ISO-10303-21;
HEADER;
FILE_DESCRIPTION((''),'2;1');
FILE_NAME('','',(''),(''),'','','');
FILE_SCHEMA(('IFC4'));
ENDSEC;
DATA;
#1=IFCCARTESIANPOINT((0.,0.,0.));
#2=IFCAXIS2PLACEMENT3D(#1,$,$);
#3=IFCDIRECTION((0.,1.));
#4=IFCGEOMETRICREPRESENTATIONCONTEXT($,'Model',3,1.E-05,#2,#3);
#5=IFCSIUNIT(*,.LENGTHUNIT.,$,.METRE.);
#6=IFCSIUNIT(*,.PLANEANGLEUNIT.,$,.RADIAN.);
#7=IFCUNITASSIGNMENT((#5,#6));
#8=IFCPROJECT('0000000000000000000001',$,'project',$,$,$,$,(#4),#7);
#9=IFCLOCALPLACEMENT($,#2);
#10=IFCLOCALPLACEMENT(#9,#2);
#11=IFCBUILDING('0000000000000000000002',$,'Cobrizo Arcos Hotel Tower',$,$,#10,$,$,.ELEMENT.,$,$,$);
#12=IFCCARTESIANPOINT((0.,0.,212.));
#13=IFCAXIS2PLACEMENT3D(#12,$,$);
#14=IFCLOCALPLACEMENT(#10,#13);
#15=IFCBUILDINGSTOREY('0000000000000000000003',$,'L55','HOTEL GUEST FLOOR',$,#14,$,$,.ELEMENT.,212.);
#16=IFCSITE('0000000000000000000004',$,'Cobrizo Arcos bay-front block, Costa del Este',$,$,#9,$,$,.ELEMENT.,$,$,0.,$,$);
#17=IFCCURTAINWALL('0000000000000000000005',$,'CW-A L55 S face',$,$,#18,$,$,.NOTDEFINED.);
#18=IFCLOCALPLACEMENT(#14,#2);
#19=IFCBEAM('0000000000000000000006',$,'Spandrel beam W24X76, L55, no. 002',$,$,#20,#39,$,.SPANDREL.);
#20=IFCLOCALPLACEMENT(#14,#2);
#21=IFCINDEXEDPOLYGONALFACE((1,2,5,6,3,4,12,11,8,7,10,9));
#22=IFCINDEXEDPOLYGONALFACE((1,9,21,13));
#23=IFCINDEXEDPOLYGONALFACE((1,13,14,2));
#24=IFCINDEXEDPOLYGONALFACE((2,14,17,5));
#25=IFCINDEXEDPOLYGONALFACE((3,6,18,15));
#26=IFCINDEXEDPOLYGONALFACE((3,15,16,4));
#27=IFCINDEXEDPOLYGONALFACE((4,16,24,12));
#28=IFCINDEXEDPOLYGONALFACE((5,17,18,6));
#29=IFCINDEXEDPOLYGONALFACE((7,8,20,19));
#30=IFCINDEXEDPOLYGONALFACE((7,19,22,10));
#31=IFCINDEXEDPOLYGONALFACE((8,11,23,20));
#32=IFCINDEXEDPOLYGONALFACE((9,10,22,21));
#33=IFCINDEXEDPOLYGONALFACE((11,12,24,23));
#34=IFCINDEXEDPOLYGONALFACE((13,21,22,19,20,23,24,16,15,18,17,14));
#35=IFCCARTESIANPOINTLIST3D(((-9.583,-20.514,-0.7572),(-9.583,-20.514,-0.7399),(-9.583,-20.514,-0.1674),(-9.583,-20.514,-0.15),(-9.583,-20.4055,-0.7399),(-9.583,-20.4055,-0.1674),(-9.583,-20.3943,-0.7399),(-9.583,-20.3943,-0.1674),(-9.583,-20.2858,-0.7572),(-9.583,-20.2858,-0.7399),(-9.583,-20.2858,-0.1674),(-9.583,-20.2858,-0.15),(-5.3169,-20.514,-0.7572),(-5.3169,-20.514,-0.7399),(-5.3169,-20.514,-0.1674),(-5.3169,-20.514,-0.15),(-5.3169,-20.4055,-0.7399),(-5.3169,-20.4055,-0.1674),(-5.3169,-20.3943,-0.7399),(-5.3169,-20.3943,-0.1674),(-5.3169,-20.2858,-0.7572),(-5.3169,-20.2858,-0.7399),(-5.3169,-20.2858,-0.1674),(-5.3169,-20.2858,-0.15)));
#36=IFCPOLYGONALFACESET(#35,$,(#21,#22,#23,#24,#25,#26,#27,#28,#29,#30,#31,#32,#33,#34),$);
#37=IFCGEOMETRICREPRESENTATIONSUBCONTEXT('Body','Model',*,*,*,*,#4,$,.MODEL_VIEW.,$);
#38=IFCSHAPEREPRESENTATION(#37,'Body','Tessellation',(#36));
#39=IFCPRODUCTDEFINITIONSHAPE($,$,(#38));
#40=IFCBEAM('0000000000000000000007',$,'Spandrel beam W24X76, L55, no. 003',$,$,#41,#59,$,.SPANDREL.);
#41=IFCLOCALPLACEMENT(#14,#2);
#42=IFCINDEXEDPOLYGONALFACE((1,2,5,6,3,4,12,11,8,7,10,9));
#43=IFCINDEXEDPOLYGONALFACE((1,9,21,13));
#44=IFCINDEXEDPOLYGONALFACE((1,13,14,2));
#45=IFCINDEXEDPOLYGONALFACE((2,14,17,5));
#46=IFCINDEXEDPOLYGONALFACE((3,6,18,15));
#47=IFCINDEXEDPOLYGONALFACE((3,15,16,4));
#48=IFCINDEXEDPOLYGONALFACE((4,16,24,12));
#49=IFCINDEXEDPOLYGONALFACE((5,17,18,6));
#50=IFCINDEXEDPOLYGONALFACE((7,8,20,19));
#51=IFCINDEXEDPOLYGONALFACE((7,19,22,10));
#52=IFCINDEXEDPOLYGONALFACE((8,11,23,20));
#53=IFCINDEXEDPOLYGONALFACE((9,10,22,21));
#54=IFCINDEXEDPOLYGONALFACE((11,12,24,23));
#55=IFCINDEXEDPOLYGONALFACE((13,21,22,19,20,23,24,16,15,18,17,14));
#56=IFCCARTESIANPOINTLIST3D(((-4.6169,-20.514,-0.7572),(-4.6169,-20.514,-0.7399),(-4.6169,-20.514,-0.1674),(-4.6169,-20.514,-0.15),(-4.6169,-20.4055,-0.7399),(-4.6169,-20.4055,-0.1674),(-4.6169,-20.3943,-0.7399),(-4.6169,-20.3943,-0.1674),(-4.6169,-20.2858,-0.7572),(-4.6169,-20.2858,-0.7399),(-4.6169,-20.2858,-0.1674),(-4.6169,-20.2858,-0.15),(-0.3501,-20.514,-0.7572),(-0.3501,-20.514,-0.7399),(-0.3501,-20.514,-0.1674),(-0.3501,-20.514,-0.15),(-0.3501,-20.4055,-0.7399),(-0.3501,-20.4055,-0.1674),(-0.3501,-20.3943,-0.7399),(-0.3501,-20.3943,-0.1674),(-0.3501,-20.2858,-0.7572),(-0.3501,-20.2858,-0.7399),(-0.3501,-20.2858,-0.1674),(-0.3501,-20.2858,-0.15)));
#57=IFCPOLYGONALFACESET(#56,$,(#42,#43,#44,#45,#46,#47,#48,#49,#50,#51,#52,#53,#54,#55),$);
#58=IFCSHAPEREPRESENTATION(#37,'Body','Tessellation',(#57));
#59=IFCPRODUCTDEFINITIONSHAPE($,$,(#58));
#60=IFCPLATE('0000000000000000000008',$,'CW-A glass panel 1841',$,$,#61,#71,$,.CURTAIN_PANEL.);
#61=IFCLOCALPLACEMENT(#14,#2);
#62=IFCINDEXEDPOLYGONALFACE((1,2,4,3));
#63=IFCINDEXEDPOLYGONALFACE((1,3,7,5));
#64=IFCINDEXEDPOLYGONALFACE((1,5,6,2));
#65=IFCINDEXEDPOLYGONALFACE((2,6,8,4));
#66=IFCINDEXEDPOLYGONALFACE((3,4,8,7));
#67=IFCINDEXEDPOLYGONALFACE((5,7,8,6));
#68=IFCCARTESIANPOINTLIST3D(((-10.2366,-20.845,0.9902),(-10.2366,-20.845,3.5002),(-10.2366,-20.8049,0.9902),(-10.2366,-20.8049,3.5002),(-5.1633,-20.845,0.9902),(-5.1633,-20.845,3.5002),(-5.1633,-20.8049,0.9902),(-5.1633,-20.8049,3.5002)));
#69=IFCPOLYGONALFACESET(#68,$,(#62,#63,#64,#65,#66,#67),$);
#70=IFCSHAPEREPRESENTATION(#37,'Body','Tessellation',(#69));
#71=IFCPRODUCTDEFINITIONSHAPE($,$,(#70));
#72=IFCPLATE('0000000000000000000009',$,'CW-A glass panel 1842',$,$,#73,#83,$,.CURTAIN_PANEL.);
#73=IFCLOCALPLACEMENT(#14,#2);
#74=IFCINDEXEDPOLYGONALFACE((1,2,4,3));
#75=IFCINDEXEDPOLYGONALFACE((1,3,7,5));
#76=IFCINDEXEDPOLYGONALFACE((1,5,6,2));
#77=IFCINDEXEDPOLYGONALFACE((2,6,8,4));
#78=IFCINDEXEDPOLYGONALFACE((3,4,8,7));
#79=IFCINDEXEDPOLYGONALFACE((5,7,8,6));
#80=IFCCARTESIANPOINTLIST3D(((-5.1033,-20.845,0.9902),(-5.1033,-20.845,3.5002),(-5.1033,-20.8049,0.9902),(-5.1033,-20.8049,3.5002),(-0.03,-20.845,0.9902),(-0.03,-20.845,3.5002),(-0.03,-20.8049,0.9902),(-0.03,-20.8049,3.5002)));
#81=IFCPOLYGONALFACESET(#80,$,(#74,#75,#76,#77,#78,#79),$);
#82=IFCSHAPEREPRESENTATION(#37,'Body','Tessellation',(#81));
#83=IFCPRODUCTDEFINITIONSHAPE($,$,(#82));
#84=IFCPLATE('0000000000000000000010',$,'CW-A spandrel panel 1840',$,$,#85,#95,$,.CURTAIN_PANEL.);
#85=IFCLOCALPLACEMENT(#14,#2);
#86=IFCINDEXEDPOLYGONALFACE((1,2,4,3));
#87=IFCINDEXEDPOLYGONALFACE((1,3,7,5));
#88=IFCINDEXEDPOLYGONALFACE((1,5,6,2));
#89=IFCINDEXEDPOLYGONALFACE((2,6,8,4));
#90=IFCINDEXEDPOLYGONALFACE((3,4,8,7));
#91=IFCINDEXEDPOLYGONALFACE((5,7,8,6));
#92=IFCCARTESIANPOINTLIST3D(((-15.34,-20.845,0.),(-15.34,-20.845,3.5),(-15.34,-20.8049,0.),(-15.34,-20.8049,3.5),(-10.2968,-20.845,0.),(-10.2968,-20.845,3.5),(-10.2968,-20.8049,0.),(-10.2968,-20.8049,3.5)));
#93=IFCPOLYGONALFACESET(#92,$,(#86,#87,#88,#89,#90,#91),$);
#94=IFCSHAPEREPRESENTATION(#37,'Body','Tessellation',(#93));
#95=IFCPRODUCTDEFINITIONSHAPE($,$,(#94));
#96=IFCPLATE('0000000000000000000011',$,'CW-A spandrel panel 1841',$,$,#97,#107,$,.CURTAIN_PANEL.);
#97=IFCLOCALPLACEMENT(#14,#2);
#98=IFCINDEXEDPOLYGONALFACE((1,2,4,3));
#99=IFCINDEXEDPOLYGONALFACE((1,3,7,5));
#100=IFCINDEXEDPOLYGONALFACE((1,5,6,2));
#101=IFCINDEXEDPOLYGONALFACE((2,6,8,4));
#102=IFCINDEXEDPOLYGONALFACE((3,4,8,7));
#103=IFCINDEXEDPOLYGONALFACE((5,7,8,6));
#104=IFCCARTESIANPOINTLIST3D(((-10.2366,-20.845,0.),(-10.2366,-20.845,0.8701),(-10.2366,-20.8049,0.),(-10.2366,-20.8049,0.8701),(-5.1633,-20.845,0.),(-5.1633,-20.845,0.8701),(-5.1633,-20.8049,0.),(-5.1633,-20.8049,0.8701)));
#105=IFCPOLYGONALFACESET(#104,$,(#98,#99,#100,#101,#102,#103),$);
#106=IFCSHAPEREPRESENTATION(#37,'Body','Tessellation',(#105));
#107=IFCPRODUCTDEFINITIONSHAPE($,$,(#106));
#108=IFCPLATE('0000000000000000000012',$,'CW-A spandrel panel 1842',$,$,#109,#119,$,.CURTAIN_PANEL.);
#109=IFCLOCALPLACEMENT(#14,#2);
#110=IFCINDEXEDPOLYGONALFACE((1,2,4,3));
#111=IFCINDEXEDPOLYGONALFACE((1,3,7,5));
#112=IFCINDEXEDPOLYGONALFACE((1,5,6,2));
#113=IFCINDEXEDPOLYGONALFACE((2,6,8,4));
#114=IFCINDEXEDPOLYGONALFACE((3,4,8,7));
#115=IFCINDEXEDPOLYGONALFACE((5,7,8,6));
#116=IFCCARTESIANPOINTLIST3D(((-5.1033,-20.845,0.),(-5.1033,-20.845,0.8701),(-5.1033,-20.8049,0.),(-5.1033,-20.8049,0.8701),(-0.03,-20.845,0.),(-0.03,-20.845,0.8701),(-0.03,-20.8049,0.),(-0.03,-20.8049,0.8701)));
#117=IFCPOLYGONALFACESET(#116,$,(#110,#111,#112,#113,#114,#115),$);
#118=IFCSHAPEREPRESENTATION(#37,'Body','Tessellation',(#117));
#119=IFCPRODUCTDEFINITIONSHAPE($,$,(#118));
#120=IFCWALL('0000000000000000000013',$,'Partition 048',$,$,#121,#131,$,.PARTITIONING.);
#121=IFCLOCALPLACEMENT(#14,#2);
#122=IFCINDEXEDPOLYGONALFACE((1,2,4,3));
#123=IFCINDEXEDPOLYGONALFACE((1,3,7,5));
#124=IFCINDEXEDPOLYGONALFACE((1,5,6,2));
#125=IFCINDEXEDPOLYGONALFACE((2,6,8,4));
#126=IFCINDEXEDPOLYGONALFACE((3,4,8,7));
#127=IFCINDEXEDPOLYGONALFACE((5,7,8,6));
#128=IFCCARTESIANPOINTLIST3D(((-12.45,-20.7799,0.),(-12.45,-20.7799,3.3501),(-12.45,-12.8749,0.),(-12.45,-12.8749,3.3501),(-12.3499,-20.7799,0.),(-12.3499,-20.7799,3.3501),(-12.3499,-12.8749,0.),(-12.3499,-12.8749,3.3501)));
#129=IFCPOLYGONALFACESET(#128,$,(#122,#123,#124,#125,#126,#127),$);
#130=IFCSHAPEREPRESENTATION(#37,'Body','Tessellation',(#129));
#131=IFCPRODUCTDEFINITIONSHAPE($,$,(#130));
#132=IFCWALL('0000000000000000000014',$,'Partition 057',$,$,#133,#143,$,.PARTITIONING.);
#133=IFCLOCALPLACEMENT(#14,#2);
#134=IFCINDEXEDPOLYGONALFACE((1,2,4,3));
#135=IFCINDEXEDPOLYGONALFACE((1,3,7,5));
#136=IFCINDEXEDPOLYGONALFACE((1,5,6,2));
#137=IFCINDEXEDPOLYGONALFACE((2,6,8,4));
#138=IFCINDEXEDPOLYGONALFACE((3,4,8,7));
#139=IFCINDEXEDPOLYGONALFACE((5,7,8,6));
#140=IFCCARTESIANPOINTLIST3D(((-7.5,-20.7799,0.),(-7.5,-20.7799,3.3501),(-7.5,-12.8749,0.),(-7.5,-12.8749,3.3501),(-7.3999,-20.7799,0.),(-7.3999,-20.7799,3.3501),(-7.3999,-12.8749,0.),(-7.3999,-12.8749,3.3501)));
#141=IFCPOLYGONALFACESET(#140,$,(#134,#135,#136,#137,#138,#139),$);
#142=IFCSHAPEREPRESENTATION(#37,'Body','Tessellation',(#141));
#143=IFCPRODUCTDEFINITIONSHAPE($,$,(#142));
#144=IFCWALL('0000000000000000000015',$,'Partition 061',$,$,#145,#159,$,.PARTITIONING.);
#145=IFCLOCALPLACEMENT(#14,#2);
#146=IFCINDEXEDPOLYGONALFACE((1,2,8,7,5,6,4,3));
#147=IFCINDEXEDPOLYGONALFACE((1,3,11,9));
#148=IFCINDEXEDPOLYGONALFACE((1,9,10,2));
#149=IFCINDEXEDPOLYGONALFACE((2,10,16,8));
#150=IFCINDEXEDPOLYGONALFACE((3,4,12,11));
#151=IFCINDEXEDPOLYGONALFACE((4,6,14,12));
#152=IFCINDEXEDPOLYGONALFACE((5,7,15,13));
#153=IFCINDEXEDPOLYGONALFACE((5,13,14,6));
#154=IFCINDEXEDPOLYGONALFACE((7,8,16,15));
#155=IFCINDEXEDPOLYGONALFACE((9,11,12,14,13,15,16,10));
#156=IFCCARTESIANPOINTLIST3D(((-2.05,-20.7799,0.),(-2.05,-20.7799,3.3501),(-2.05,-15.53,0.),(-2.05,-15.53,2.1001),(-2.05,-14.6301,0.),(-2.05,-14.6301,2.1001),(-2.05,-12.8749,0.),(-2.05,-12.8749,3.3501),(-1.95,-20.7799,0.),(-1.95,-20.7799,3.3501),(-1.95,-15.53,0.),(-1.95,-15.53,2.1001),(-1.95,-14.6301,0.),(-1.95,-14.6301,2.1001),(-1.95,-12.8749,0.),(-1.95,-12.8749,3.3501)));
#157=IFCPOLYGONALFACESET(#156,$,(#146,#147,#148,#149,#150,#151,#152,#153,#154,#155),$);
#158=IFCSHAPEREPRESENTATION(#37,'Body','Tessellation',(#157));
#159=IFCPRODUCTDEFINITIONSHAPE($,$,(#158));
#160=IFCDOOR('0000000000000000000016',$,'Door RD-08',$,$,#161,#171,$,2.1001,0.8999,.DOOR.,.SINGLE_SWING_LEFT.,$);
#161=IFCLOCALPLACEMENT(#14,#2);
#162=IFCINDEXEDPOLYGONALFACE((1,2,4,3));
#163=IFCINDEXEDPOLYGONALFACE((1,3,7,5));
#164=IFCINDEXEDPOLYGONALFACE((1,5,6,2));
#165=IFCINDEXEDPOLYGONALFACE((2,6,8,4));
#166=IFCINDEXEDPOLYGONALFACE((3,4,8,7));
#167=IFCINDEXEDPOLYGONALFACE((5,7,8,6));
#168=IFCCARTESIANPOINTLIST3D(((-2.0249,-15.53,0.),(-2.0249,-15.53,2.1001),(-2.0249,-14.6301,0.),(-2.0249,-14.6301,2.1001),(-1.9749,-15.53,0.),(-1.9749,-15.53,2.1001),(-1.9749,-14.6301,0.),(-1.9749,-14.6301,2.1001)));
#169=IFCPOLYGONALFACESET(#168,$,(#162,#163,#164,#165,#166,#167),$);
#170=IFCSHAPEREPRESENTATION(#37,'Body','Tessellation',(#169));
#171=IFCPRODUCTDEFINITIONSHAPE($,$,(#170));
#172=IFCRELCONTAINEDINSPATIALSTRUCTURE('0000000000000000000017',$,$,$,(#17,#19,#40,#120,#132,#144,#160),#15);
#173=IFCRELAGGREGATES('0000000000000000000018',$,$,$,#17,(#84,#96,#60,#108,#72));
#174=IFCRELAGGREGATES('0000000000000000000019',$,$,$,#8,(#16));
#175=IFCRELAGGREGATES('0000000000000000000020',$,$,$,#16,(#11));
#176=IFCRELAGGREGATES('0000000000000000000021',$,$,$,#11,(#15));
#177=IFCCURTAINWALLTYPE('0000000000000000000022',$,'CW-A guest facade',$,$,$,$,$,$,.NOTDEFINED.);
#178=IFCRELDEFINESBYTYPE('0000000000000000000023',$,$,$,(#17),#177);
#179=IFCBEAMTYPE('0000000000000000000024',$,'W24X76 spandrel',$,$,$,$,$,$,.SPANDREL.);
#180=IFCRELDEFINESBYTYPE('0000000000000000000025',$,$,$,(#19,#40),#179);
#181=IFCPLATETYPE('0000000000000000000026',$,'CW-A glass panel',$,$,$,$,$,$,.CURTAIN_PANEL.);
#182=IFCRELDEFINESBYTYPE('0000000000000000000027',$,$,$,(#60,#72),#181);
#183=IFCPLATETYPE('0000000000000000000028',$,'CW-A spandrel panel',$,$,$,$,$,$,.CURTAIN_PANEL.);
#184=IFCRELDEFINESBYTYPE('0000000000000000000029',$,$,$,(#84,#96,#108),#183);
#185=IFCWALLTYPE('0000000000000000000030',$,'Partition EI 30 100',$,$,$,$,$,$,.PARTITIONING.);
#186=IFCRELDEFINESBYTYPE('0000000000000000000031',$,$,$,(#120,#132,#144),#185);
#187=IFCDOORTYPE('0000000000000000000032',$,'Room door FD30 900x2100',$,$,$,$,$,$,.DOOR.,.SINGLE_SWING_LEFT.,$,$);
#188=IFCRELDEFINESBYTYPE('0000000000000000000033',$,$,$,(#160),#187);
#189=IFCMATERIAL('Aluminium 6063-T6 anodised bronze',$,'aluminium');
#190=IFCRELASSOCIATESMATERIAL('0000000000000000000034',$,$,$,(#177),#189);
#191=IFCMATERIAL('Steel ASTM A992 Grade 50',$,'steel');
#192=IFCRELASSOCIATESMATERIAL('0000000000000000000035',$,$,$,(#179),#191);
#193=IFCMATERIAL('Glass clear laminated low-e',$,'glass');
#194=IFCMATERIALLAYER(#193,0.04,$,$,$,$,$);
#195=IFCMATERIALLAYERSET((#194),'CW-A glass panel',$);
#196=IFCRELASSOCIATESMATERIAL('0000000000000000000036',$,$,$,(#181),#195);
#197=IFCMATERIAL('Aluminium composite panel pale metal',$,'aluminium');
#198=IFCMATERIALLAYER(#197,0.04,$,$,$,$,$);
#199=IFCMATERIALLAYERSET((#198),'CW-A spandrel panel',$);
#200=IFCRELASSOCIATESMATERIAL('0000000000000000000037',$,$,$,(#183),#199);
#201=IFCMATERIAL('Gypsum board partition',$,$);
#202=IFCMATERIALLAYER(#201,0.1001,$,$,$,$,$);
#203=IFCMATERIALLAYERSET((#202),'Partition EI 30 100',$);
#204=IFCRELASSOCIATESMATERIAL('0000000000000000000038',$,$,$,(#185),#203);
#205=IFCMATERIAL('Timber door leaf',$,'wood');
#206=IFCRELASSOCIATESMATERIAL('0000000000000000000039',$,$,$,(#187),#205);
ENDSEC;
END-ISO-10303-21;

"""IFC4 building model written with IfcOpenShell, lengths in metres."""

from ifc_helpers import new_model, si_unit, direction, frame, frame_2d, origin, origin_2d, place, context, subcontext, project, spatial, rectangle, i_section, extrude, material, layer, layer_set, material_profile, profile_set, type_object, element, fill, aggregate, save


model = new_model("IFC4")

# Units and contexts
model_context = context("Model", 3, precision=1e-05, world=origin(), true_north=direction((0.0, 1.0)))
body_context = subcontext(model_context, "Body", "Model", "MODEL_VIEW")
ifc_project = project(units=[si_unit("LENGTHUNIT", "METRE"), si_unit("PLANEANGLEUNIT", "RADIAN")], contexts=[model_context])

# Site, building, storey
site_placement = place(None, origin())
site = spatial("IfcSite", under=ifc_project, at=site_placement, Name="Cobrizo Arcos bay-front block, Costa del Este", CompositionType="ELEMENT", RefElevation=0.0)
building_placement = place(site_placement, origin())
building = spatial("IfcBuilding", under=site, at=building_placement, Name="Cobrizo Arcos Hotel Tower", CompositionType="ELEMENT")
storey_placement = place(building_placement, frame((0.0, 0.0, 212.0)))
storey = spatial("IfcBuildingStorey", under=building, at=storey_placement, Name="L55", Description="HOTEL GUEST FLOOR", CompositionType="ELEMENT", Elevation=212.0)

# Curtain wall
ifc_material_1 = material(Name="Aluminium 6063-T6 anodised bronze", Category="aluminium")
curtain_wall_type = type_object("IfcCurtainWallType", Name="CW-A guest facade", PredefinedType="NOTDEFINED", material=ifc_material_1)
curtain_wall_placement = place(storey_placement, origin())
curtain_wall = element("IfcCurtainWall", 1, at=curtain_wall_placement, inside=storey, type_object=curtain_wall_type, Name="CW-A L55 S face", PredefinedType="NOTDEFINED")

# Beams
ifc_material_2 = material(Name="Steel ASTM A992 Grade 50", Category="steel")
ifc_material_profile_1 = material_profile(ifc_material_2, i_section(OverallWidth=0.2283, OverallDepth=0.6072, WebThickness=0.0112, FlangeThickness=0.0173, at=origin_2d()), Name="W24X76")
ifc_profile_set_1 = profile_set([ifc_material_profile_1], Name="Steel ASTM A992 Grade 50")
beam_type_1 = type_object("IfcBeamType", Name="W24X76 spandrel", PredefinedType="SPANDREL", material=ifc_profile_set_1)
beam_1_placement = place(storey_placement, frame((-9.583, -20.3999, -0.4536), z_axis=(1.0, 0.0, 0.0), x_axis=(0.0, 1.0, 0.0)))
element("IfcBeam", 2, at=beam_1_placement, inside=storey, type_object=beam_type_1, Name="Spandrel beam W24X76, L55, no. 002", PredefinedType="SPANDREL", context=body_context, shape_type="SweptSolid", body=[
    extrude(i_section(OverallWidth=0.2283, OverallDepth=0.6072, WebThickness=0.0112, FlangeThickness=0.0173, at=origin_2d()), origin(), (0.0, 0.0, 1.0), 4.2661),
])
beam_2_placement = place(storey_placement, frame((-4.6169, -20.3999, -0.4536), z_axis=(1.0, 0.0, 0.0), x_axis=(0.0, 1.0, 0.0)))
element("IfcBeam", 3, at=beam_2_placement, inside=storey, type_object=beam_type_1, Name="Spandrel beam W24X76, L55, no. 003", PredefinedType="SPANDREL", context=body_context, shape_type="SweptSolid", body=[
    extrude(i_section(OverallWidth=0.2283, OverallDepth=0.6072, WebThickness=0.0112, FlangeThickness=0.0173, at=origin_2d()), origin(), (0.0, 0.0, 1.0), 4.2668),
])

# Plates
ifc_material_3 = material(Name="Glass clear laminated low-e", Category="glass")
ifc_layer_1 = layer(ifc_material_3, 0.04)
ifc_layer_set_1 = layer_set([ifc_layer_1], Name="CW-A glass panel")
plate_type_1 = type_object("IfcPlateType", Name="CW-A glass panel", PredefinedType="CURTAIN_PANEL", material=ifc_layer_set_1)
plate_1_placement = place(storey_placement, frame((-7.7, -20.825, 0.9902), z_axis=(0.0, 0.0, 1.0), x_axis=(1.0, 0.0, 0.0)))
plate_1 = element("IfcPlate", 4, at=plate_1_placement, type_object=plate_type_1, Name="CW-A glass panel 1841", PredefinedType="CURTAIN_PANEL", context=body_context, shape_type="SweptSolid", body=[
    extrude(rectangle(XDim=5.0732, YDim=0.04, at=origin_2d()), origin(), (0.0, 0.0, 1.0), 2.51),
])
plate_2_placement = place(storey_placement, frame((-2.5667, -20.825, 0.9902), z_axis=(0.0, 0.0, 1.0), x_axis=(1.0, 0.0, 0.0)))
plate_2 = element("IfcPlate", 5, at=plate_2_placement, type_object=plate_type_1, Name="CW-A glass panel 1842", PredefinedType="CURTAIN_PANEL", context=body_context, shape_type="SweptSolid", body=[
    extrude(rectangle(XDim=5.0732, YDim=0.04, at=origin_2d()), origin(), (0.0, 0.0, 1.0), 2.51),
])
ifc_material_4 = material(Name="Aluminium composite panel pale metal", Category="aluminium")
ifc_layer_2 = layer(ifc_material_4, 0.04)
ifc_layer_set_2 = layer_set([ifc_layer_2], Name="CW-A spandrel panel")
plate_type_2 = type_object("IfcPlateType", Name="CW-A spandrel panel", PredefinedType="CURTAIN_PANEL", material=ifc_layer_set_2)
plate_3_placement = place(storey_placement, frame((-12.8184, -20.825, 0.0), z_axis=(0.0, 0.0, 1.0), x_axis=(1.0, 0.0, 0.0)))
plate_3 = element("IfcPlate", 6, at=plate_3_placement, type_object=plate_type_2, Name="CW-A spandrel panel 1840", PredefinedType="CURTAIN_PANEL", context=body_context, shape_type="SweptSolid", body=[
    extrude(rectangle(XDim=5.0432, YDim=0.04, at=origin_2d()), origin(), (0.0, 0.0, 1.0), 3.5),
])
plate_4_placement = place(storey_placement, frame((-7.7, -20.825, 0.0), z_axis=(0.0, 0.0, 1.0), x_axis=(1.0, 0.0, 0.0)))
plate_4 = element("IfcPlate", 7, at=plate_4_placement, type_object=plate_type_2, Name="CW-A spandrel panel 1841", PredefinedType="CURTAIN_PANEL", context=body_context, shape_type="SweptSolid", body=[
    extrude(rectangle(XDim=5.0732, YDim=0.04, at=origin_2d()), origin(), (0.0, 0.0, 1.0), 0.8701),
])
plate_5_placement = place(storey_placement, frame((-2.5667, -20.825, 0.0), z_axis=(0.0, 0.0, 1.0), x_axis=(1.0, 0.0, 0.0)))
plate_5 = element("IfcPlate", 8, at=plate_5_placement, type_object=plate_type_2, Name="CW-A spandrel panel 1842", PredefinedType="CURTAIN_PANEL", context=body_context, shape_type="SweptSolid", body=[
    extrude(rectangle(XDim=5.0732, YDim=0.04, at=origin_2d()), origin(), (0.0, 0.0, 1.0), 0.8701),
])
aggregate(curtain_wall, [plate_3, plate_4, plate_1, plate_5, plate_2])

# Walls
ifc_material_5 = material(Name="Gypsum board partition")
ifc_layer_3 = layer(ifc_material_5, 0.1001)
ifc_layer_set_3 = layer_set([ifc_layer_3], Name="Partition EI 30 100")
wall_type = type_object("IfcWallType", Name="Partition EI 30 100", PredefinedType="PARTITIONING", material=ifc_layer_set_3)
for number, where, z_axis, x_axis, name in (
    (9, (-12.3999, -20.78, 0.0), (0.0, 0.0, 1.0), (0.0, 1.0, 0.0), "Partition 048"),
    (10, (-7.45, -20.78, 0.0), (0.0, 0.0, 1.0), (0.0, 1.0, 0.0), "Partition 057"),
):
    element("IfcWall", number, at=place(storey_placement, frame(where, z_axis=z_axis, x_axis=x_axis)), inside=storey, type_object=wall_type, Name=name, PredefinedType="PARTITIONING", context=body_context, shape_type="SweptSolid", body=[
        extrude(rectangle(XDim=7.905, YDim=0.1001, at=frame_2d((3.9526, 0.0))), origin(), (0.0, 0.0, 1.0), 3.3501),
    ])

# Wall, opening, door
wall_placement = place(storey_placement, frame((-2.0, -20.78, 0.0), z_axis=(0.0, 0.0, 1.0), x_axis=(0.0, 1.0, 0.0)))
wall = element("IfcWall", 11, at=wall_placement, inside=storey, type_object=wall_type, Name="Partition 061", PredefinedType="PARTITIONING", context=body_context, shape_type="SweptSolid", body=[
    extrude(rectangle(XDim=7.905, YDim=0.1001, at=frame_2d((3.9526, 0.0))), origin(), (0.0, 0.0, 1.0), 3.3501),
])
opening_placement = place(wall_placement, frame((5.25, 0.0, 0.0)))
opening = element("IfcOpeningElement", 12, at=opening_placement, cuts=wall, PredefinedType="OPENING", context=body_context, shape_type="SweptSolid", body=[
    extrude(rectangle(XDim=0.8999, YDim=2.1001, at=frame_2d((0.45, 1.05))), frame((0.0, 0.062, 0.0), z_axis=(0.0, -1.0, 0.0), x_axis=(1.0, 0.0, 0.0)), (0.0, 0.0, 1.0), 0.124),
])
ifc_material_6 = material(Name="Timber door leaf", Category="wood")
door_type = type_object("IfcDoorType", Name="Room door FD30 900x2100", OperationType="SINGLE_SWING_LEFT", PredefinedType="DOOR", material=ifc_material_6)
door_placement = place(opening_placement, origin())
door = element("IfcDoor", 13, at=door_placement, inside=storey, type_object=door_type, Name="Door RD-08", OperationType="SINGLE_SWING_LEFT", OverallHeight=2.1001, OverallWidth=0.8999, PredefinedType="DOOR", context=body_context, shape_type="SweptSolid", body=[
    extrude(rectangle(XDim=0.8999, YDim=2.1001, at=frame_2d((0.45, 1.05))), frame((0.0, 0.0249, 0.0), z_axis=(0.0, -1.0, 0.0), x_axis=(1.0, 0.0, 0.0)), (0.0, 0.0, 1.0), 0.05),
])
fill(opening, door)

save(model, "model.ifc")
